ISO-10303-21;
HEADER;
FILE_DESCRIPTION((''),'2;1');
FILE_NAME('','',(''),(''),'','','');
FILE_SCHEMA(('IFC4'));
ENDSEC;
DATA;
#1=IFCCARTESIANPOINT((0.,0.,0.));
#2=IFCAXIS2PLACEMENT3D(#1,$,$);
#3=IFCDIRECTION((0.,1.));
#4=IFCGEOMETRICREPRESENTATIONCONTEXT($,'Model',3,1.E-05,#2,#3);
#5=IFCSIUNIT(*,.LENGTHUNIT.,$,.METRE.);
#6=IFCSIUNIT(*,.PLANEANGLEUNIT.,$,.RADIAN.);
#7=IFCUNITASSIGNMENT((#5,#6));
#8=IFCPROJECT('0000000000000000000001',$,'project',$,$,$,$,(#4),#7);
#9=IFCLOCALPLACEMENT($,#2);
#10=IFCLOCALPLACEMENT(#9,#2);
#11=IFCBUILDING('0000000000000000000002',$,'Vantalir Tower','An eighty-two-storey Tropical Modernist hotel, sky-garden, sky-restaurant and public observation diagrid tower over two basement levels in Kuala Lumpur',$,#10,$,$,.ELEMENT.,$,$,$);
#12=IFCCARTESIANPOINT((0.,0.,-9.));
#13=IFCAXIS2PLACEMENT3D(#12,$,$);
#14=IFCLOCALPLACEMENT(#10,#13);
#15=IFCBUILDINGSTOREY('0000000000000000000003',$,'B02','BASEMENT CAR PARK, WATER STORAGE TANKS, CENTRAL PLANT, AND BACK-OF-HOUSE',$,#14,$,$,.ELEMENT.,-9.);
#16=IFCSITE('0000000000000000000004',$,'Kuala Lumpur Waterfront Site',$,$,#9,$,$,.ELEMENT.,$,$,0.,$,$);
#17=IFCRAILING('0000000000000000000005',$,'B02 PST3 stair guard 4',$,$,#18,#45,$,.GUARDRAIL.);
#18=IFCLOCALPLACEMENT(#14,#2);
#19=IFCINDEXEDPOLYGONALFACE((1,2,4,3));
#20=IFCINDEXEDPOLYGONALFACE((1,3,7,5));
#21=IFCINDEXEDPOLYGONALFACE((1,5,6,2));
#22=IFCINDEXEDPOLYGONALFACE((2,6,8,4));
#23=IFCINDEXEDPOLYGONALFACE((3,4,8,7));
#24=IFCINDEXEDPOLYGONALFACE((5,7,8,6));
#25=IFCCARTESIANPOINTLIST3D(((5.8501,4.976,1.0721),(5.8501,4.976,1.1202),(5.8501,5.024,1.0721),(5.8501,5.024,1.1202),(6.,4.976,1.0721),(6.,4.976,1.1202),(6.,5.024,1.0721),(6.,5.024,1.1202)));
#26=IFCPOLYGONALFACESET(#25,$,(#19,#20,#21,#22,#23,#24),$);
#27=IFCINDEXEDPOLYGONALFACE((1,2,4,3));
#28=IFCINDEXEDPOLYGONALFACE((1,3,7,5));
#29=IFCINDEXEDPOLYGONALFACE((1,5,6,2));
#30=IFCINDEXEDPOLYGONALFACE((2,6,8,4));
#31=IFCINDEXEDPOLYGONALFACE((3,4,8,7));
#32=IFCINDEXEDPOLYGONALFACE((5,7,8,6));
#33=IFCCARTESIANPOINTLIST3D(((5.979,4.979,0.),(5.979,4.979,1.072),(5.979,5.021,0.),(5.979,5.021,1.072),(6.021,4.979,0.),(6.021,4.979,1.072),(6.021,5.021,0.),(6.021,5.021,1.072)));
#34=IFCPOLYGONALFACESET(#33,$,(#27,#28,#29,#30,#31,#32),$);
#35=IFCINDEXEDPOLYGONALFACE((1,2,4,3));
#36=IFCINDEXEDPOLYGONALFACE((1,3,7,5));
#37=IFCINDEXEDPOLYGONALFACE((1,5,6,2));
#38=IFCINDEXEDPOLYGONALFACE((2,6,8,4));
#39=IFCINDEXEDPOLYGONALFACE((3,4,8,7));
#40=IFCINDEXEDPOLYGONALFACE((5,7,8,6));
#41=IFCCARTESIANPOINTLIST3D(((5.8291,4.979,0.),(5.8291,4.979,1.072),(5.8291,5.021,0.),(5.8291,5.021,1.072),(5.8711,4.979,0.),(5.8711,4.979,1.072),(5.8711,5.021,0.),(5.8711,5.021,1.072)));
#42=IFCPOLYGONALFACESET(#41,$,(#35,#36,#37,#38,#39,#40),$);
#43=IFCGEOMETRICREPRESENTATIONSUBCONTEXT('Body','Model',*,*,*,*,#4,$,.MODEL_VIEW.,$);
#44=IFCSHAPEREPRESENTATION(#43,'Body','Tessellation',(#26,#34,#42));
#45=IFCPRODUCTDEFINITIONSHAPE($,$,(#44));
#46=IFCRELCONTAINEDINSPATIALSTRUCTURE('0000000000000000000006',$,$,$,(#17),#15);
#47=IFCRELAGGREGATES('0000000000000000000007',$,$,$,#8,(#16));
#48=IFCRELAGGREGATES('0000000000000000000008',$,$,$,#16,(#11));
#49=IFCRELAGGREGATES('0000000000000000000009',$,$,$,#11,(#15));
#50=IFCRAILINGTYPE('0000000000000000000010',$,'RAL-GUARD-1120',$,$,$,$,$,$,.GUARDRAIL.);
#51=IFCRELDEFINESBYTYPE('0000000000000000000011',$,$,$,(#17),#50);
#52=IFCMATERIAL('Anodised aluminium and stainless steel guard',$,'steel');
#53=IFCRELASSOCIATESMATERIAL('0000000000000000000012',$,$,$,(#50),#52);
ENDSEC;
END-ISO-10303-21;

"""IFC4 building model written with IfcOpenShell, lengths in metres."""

from ifc_helpers import new_model, si_unit, direction, frame, origin, origin_2d, place, context, subcontext, project, spatial, rectangle, extrude, material, type_object, element, save


model = new_model("IFC4")

# Units and contexts
model_context = context("Model", 3, precision=1e-05, world=origin(), true_north=direction((0.0, 1.0)))
body_context = subcontext(model_context, "Body", "Model", "MODEL_VIEW")
ifc_project = project(units=[si_unit("LENGTHUNIT", "METRE"), si_unit("PLANEANGLEUNIT", "RADIAN")], contexts=[model_context])

# Site, building, storey
site_placement = place(None, origin())
site = spatial("IfcSite", under=ifc_project, at=site_placement, Name="Kuala Lumpur Waterfront Site", CompositionType="ELEMENT", RefElevation=0.0)
building_placement = place(site_placement, origin())
building = spatial("IfcBuilding", under=site, at=building_placement, Name="Vantalir Tower", Description="An eighty-two-storey Tropical Modernist hotel, sky-garden, sky-restaurant and public observation diagrid tower over two basement levels in Kuala Lumpur", CompositionType="ELEMENT")
storey_placement = place(building_placement, frame((0.0, 0.0, -9.0)))
storey = spatial("IfcBuildingStorey", under=building, at=storey_placement, Name="B02", Description="BASEMENT CAR PARK, WATER STORAGE TANKS, CENTRAL PLANT, AND BACK-OF-HOUSE", CompositionType="ELEMENT", Elevation=-9.0)

# Railing
ifc_material_1 = material(Name="Anodised aluminium and stainless steel guard", Category="steel")
railing_type = type_object("IfcRailingType", Name="RAL-GUARD-1120", PredefinedType="GUARDRAIL", material=ifc_material_1)
railing_1_placement = place(storey_placement, frame((6.0, 5.0, 0.0)))
element("IfcRailing", 1, at=railing_1_placement, inside=storey, type_object=railing_type, Name="B02 PST3 stair guard 4", PredefinedType="GUARDRAIL", context=body_context, shape_type="SweptSolid", body=[
    extrude(rectangle(XDim=0.0481, YDim=0.0481, at=origin_2d()), frame((0.0, 0.0, 1.0962), z_axis=(-1.0, 0.0, 0.0), x_axis=(0.0, -1.0, 0.0)), (0.0, 0.0, 1.0), 0.1499),
    extrude(rectangle(XDim=0.042, YDim=0.042, at=origin_2d()), origin(), (0.0, 0.0, 1.0), 1.072),
    extrude(rectangle(XDim=0.042, YDim=0.042, at=origin_2d()), frame((-0.1499, 0.0, 0.0)), (0.0, 0.0, 1.0), 1.072),
])

save(model, "model.ifc")
